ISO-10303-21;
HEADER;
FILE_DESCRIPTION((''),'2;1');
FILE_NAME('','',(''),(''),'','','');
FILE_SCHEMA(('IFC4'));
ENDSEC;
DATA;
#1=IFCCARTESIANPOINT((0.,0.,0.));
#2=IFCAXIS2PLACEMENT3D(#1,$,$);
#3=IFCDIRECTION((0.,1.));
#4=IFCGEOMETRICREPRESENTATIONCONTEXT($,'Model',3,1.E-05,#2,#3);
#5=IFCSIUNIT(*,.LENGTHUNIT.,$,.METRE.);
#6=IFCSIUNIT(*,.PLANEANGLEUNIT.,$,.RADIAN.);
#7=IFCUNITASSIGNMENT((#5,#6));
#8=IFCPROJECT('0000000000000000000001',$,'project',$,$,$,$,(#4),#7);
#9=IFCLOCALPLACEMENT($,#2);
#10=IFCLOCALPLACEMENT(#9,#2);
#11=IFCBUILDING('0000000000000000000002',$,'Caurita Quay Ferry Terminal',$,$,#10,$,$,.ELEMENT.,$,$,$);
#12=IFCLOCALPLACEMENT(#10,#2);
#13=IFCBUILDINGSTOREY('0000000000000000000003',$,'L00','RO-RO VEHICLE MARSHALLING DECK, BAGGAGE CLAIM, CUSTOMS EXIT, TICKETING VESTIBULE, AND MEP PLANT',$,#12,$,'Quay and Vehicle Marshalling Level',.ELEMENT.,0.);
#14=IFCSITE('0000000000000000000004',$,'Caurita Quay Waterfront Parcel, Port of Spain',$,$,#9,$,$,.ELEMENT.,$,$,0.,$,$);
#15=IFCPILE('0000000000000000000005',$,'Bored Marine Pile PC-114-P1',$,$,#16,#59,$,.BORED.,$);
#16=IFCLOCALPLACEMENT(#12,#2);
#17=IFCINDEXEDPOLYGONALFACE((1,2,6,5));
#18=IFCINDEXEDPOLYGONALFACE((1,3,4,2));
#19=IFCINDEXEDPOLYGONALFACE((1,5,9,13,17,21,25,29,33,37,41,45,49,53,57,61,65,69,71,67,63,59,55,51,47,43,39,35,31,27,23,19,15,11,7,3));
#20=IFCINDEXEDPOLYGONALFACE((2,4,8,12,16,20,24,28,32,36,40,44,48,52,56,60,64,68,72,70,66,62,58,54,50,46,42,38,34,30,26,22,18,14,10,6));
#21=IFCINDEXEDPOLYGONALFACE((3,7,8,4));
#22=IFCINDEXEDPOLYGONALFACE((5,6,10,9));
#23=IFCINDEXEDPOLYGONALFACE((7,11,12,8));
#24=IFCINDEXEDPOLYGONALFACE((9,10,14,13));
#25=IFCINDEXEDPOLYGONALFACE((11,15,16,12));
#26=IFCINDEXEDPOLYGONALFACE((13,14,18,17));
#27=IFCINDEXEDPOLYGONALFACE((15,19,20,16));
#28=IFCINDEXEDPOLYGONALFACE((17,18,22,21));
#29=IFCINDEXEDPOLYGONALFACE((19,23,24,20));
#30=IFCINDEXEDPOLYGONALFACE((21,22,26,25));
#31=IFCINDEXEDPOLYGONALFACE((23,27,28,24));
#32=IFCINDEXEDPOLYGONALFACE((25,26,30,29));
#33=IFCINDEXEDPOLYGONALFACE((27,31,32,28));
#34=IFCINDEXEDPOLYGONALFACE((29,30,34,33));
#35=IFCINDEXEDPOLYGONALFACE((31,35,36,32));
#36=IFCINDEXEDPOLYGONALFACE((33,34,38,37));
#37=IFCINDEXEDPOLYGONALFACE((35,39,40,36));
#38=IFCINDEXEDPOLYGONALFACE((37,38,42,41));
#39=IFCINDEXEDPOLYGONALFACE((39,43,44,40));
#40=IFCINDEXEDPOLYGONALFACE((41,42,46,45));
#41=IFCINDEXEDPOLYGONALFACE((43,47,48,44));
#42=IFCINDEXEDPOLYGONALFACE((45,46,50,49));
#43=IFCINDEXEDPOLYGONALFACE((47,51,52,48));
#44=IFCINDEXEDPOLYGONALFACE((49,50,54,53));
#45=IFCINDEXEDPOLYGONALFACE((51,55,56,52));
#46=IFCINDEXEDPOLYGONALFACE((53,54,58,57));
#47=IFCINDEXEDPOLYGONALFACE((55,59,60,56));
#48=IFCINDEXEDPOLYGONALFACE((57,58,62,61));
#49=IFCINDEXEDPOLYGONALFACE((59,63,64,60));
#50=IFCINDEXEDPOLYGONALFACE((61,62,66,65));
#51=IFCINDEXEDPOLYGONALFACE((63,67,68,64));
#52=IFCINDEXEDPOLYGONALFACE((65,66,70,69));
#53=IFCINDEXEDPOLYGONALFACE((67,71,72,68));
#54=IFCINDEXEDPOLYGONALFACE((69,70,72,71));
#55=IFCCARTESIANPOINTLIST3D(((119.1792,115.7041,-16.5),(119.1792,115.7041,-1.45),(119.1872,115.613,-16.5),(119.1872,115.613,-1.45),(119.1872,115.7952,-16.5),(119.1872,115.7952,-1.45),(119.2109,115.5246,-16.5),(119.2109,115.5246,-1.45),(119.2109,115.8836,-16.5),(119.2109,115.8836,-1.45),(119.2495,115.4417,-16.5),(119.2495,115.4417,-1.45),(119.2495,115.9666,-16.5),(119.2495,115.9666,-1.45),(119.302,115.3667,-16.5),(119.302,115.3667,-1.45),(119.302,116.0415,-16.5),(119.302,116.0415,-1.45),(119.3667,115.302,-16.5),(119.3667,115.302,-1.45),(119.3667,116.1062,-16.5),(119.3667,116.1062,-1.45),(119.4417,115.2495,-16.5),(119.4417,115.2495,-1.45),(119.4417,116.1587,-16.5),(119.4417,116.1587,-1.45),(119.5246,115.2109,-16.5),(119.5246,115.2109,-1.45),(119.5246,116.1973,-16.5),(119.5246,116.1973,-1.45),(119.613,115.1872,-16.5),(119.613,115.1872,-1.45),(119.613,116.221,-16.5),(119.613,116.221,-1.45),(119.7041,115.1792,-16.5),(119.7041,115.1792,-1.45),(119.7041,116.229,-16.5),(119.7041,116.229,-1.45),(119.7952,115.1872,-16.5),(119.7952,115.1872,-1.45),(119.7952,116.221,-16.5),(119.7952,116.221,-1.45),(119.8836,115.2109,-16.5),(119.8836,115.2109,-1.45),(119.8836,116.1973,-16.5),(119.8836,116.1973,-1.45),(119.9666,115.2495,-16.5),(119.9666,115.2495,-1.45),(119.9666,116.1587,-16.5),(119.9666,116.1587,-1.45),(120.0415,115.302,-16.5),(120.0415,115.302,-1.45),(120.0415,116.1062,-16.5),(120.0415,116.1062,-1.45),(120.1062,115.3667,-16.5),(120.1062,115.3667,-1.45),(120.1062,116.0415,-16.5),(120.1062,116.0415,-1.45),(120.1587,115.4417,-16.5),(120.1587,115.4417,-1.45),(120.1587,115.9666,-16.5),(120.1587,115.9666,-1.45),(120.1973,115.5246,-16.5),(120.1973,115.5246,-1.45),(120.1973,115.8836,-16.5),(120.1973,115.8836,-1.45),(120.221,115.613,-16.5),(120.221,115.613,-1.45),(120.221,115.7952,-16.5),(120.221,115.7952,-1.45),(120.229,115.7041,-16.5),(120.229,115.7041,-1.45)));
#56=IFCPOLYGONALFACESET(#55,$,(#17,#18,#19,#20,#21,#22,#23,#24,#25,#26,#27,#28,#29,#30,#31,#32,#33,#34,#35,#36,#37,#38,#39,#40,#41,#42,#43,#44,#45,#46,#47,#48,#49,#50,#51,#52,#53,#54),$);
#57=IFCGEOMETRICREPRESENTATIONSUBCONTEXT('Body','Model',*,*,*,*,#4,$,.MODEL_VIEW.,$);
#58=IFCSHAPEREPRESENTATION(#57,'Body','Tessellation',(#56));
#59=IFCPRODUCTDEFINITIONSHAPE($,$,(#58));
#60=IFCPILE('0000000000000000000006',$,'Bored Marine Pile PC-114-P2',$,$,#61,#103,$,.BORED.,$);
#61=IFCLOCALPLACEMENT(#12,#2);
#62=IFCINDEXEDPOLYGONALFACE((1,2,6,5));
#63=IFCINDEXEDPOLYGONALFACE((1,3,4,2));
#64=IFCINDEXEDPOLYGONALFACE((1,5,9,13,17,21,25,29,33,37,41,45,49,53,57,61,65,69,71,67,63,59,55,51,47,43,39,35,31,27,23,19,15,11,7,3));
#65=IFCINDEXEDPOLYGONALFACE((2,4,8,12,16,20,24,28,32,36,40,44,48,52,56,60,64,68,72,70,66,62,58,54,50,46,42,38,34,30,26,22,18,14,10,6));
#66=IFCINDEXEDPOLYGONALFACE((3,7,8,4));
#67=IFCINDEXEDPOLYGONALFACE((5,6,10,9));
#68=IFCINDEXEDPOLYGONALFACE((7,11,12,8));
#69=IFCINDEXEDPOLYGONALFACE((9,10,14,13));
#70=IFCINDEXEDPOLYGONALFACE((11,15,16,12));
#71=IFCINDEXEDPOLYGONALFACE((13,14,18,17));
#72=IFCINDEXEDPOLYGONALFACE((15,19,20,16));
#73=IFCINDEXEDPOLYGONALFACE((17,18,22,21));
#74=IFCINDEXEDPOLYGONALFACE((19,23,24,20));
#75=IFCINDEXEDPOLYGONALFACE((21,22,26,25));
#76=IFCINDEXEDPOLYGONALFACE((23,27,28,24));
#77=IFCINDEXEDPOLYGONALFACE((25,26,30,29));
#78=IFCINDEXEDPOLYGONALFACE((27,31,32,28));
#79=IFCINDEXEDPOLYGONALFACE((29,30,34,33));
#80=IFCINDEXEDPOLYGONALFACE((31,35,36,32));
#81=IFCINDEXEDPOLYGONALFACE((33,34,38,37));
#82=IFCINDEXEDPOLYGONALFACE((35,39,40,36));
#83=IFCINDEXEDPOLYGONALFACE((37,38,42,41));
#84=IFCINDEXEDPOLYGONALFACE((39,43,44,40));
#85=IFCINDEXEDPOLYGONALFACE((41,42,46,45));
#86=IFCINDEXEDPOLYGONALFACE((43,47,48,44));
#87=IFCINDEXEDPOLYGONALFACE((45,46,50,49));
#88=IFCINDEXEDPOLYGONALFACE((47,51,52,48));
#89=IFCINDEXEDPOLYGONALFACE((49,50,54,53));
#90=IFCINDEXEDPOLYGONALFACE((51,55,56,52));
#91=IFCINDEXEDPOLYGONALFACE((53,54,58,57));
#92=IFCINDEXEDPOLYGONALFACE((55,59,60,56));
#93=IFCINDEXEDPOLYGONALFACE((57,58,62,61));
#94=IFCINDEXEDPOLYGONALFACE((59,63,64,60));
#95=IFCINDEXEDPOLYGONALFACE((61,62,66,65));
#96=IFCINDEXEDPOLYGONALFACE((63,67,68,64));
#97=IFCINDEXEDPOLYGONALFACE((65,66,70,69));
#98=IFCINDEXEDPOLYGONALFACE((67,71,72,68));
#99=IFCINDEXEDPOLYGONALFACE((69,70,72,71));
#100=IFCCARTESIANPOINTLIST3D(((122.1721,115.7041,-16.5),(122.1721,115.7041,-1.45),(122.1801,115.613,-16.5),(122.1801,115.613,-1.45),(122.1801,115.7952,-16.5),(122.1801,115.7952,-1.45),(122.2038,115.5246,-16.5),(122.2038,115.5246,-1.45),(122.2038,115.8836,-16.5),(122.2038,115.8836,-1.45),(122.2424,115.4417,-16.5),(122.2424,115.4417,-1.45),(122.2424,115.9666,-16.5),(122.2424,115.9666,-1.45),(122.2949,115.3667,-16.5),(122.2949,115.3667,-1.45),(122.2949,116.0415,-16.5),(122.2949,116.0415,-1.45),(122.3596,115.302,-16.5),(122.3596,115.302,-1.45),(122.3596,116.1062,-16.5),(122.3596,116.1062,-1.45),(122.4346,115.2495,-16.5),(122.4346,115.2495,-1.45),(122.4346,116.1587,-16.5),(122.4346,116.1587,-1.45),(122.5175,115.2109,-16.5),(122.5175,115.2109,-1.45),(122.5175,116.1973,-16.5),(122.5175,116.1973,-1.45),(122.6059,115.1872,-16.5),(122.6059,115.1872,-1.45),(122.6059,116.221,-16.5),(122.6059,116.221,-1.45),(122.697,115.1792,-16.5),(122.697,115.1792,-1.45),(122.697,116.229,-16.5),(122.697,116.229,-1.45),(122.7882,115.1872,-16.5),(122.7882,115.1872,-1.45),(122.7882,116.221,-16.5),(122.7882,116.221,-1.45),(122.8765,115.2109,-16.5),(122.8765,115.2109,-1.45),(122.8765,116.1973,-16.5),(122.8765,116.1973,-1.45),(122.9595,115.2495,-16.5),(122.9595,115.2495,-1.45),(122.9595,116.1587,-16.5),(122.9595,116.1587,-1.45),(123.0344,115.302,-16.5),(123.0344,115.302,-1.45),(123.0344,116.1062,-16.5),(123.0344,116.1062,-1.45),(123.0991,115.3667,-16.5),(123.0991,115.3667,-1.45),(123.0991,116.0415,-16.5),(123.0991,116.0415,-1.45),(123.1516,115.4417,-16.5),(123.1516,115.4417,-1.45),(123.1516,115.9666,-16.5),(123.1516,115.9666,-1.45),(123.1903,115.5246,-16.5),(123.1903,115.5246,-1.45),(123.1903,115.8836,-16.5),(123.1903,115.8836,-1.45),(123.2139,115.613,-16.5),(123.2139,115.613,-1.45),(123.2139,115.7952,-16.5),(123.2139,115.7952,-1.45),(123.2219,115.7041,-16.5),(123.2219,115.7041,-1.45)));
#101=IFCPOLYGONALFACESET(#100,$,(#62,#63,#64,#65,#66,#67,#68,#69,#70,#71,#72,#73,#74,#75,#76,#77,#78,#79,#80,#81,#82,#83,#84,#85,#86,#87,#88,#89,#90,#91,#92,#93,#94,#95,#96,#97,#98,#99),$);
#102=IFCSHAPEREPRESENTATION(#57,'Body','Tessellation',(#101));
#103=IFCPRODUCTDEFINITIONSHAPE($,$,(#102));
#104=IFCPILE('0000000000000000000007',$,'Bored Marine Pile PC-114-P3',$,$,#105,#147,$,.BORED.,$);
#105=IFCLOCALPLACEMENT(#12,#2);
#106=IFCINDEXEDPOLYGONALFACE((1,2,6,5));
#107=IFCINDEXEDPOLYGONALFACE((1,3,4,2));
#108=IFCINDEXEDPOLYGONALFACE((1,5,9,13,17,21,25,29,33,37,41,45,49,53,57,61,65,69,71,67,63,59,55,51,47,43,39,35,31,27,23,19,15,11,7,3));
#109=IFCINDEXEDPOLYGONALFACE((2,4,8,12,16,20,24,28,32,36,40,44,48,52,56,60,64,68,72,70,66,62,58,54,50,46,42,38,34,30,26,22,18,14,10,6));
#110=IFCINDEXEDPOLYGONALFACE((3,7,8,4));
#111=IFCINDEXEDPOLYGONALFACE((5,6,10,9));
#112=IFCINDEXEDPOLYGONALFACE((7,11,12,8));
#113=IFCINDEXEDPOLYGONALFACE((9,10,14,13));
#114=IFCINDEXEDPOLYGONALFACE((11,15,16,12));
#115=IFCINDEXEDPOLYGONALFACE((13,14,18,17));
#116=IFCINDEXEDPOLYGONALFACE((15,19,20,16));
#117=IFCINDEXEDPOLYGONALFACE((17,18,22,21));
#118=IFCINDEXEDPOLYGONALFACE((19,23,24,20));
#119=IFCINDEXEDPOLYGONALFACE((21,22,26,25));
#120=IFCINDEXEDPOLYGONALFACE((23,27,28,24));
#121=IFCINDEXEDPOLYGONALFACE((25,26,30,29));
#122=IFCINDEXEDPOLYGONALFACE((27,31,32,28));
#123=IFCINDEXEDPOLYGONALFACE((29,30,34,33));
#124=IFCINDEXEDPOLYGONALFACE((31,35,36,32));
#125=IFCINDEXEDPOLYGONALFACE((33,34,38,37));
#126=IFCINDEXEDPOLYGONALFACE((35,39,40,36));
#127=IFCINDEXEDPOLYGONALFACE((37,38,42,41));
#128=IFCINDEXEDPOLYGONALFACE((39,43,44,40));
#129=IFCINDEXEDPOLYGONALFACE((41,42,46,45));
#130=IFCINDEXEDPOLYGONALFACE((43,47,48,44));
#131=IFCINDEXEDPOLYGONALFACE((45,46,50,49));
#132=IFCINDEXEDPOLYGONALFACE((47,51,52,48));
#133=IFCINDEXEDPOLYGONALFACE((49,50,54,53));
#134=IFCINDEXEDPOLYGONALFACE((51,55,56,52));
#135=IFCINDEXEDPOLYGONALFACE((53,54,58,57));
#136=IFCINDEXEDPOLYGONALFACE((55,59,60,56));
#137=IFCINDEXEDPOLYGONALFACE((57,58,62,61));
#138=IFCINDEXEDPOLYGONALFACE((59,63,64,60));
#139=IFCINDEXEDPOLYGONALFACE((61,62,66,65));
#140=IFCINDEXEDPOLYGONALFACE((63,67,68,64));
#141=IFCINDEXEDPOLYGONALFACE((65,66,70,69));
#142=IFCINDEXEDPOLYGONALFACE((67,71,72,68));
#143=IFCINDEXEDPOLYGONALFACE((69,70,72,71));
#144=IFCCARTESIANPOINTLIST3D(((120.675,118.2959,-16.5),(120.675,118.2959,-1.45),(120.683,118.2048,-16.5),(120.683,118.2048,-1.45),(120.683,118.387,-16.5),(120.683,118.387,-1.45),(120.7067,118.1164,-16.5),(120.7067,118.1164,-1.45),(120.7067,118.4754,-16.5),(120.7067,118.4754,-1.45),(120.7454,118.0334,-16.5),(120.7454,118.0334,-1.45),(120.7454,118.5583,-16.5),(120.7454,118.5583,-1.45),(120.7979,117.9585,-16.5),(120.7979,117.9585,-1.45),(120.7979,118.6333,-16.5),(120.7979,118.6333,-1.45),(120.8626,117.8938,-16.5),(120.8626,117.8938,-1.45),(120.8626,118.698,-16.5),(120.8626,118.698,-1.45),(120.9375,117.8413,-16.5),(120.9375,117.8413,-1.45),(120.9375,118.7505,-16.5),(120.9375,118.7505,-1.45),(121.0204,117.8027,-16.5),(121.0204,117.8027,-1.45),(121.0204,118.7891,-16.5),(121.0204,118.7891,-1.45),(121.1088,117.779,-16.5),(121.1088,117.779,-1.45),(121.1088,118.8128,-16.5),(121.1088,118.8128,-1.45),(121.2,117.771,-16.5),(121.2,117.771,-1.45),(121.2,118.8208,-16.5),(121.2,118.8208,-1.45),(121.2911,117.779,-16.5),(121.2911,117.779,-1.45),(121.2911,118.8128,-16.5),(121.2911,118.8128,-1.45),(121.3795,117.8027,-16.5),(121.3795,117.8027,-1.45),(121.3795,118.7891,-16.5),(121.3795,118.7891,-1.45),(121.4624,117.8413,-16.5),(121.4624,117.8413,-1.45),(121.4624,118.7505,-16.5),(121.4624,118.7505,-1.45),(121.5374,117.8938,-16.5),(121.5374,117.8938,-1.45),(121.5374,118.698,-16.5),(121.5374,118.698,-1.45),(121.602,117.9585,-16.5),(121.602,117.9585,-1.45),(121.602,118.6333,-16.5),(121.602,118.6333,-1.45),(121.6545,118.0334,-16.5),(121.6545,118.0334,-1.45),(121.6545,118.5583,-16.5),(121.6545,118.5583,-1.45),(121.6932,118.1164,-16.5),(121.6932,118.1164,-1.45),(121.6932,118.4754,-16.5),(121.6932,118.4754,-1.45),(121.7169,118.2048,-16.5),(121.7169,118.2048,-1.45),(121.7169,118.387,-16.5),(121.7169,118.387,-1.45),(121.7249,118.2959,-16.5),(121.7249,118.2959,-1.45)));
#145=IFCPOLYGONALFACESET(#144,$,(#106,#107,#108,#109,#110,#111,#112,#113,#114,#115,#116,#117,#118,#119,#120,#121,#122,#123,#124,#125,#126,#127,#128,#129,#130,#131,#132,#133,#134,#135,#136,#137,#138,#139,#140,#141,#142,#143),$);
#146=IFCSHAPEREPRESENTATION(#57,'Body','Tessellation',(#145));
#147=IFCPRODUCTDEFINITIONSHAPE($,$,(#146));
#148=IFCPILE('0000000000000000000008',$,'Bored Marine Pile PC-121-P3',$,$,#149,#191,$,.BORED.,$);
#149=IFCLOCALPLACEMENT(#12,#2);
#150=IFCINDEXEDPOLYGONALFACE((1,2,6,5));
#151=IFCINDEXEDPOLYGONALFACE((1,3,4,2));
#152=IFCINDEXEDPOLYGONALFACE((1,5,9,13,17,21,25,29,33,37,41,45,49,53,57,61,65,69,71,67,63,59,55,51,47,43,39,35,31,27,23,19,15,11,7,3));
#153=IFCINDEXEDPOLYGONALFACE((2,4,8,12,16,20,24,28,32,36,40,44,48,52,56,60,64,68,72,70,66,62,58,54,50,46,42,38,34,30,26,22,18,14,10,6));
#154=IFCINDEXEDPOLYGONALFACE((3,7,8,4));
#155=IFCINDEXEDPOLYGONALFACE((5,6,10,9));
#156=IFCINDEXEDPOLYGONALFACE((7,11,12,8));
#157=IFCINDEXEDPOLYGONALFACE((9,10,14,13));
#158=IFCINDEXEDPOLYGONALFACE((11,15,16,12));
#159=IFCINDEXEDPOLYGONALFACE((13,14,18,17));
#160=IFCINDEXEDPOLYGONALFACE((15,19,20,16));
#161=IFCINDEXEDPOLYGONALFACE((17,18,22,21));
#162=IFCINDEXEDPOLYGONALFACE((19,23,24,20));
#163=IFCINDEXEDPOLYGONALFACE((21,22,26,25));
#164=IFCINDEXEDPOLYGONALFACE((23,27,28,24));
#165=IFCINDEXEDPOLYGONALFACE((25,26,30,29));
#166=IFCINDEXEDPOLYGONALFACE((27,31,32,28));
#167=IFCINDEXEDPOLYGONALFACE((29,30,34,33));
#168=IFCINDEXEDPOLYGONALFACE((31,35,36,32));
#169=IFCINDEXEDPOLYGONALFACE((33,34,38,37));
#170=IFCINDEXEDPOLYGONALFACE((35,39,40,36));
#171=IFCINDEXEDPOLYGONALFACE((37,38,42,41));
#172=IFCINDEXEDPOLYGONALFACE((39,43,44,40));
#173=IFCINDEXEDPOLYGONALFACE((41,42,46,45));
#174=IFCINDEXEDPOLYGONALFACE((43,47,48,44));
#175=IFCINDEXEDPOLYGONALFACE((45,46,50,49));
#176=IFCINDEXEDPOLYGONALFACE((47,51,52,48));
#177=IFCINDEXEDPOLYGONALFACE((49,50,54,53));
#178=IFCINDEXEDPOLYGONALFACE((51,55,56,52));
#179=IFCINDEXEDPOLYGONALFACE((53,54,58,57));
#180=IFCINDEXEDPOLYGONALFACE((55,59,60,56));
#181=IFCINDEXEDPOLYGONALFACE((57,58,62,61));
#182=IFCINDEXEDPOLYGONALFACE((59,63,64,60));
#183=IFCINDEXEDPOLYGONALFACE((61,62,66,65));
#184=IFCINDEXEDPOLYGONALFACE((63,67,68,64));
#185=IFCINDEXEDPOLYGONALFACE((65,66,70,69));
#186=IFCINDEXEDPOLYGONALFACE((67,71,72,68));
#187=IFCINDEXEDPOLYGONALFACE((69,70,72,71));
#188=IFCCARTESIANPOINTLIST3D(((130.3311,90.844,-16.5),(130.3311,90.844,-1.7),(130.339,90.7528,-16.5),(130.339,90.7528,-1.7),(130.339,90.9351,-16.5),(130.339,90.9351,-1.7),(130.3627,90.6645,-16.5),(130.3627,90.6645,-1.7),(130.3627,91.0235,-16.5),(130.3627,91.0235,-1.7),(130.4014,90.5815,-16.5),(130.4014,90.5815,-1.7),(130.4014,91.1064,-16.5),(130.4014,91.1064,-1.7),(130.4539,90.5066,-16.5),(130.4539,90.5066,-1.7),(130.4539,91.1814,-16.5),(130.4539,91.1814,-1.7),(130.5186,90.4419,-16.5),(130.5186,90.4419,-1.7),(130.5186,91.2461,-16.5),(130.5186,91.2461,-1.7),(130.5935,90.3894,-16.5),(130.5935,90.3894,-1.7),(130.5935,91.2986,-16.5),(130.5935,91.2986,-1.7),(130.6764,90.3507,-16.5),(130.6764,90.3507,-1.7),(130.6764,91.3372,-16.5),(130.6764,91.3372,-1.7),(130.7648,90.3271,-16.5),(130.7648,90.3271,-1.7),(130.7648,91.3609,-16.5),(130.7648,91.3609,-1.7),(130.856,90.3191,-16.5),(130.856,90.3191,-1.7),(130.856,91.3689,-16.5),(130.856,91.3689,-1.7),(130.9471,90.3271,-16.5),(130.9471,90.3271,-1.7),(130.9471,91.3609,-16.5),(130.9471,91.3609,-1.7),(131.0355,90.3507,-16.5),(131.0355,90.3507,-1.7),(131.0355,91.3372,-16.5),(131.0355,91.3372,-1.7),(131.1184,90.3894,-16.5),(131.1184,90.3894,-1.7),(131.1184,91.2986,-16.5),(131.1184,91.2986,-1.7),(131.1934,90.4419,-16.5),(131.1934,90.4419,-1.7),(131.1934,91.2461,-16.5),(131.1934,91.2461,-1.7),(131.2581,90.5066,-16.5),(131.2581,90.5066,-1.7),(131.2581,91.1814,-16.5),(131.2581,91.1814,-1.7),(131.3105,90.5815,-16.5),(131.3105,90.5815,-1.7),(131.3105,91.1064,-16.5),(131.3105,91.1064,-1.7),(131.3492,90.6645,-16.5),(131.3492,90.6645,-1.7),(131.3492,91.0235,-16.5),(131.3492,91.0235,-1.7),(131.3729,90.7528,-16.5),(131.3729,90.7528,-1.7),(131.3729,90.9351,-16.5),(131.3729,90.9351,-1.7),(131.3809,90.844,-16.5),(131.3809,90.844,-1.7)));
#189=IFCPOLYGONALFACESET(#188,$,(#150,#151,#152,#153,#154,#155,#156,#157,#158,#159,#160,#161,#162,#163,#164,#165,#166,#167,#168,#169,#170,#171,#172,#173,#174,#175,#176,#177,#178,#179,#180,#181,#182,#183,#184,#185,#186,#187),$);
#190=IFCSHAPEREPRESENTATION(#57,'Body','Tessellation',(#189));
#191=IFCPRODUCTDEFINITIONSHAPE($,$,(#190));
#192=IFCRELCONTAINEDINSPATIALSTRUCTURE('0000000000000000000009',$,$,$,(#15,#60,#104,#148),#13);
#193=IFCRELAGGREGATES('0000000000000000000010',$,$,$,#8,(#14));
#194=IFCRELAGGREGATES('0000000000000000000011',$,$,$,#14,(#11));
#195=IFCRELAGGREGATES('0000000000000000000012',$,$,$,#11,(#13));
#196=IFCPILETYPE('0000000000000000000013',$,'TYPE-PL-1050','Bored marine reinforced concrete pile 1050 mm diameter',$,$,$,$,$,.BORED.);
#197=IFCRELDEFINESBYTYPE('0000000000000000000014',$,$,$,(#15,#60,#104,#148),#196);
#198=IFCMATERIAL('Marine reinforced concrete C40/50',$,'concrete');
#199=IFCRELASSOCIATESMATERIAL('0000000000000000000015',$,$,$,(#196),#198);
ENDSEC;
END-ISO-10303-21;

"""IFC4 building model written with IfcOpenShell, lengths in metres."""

from ifc_helpers import new_model, si_unit, direction, frame, origin, origin_2d, place, context, subcontext, project, spatial, circle, extrude, material, material_profile, profile_set, type_object, element, save


model = new_model("IFC4")

# Units and contexts
model_context = context("Model", 3, precision=1e-05, world=origin(), true_north=direction((0.0, 1.0)))
body_context = subcontext(model_context, "Body", "Model", "MODEL_VIEW")
ifc_project = project(units=[si_unit("LENGTHUNIT", "METRE"), si_unit("PLANEANGLEUNIT", "RADIAN")], contexts=[model_context])

# Site, building, storey
site_placement = place(None, origin())
site = spatial("IfcSite", under=ifc_project, at=site_placement, Name="Caurita Quay Waterfront Parcel, Port of Spain", CompositionType="ELEMENT", RefElevation=0.0)
building_placement = place(site_placement, origin())
building = spatial("IfcBuilding", under=site, at=building_placement, Name="Caurita Quay Ferry Terminal", CompositionType="ELEMENT")
storey_placement = place(building_placement, origin())
storey = spatial("IfcBuildingStorey", under=building, at=storey_placement, Name="L00", Description="RO-RO VEHICLE MARSHALLING DECK, BAGGAGE CLAIM, CUSTOMS EXIT, TICKETING VESTIBULE, AND MEP PLANT", LongName="Quay and Vehicle Marshalling Level", CompositionType="ELEMENT", Elevation=0.0)

# Piles
ifc_material_1 = material(Name="Marine reinforced concrete C40/50", Category="concrete")
ifc_material_profile_1 = material_profile(ifc_material_1, circle(Radius=0.5249, at=origin_2d()), Name="PILE-D1050")
ifc_profile_set_1 = profile_set([ifc_material_profile_1], Name="Marine reinforced concrete C40/50")
pile_type = type_object("IfcPileType", Name="TYPE-PL-1050", Description="Bored marine reinforced concrete pile 1050 mm diameter", PredefinedType="BORED", material=ifc_profile_set_1)
for number, where, z_axis, x_axis, name in (
    (1, (119.7041, 115.7041, -1.45), (0.0, 0.0, -1.0), (1.0, 0.0, 0.0), "Bored Marine Pile PC-114-P1"),
    (2, (122.697, 115.7041, -1.45), (0.0, 0.0, -1.0), (1.0, 0.0, 0.0), "Bored Marine Pile PC-114-P2"),
    (3, (121.2, 118.2959, -1.45), (0.0, 0.0, -1.0), (1.0, 0.0, 0.0), "Bored Marine Pile PC-114-P3"),
):
    element("IfcPile", number, at=place(storey_placement, frame(where, z_axis=z_axis, x_axis=x_axis)), inside=storey, type_object=pile_type, Name=name, PredefinedType="BORED", context=body_context, shape_type="SweptSolid", body=[
        extrude(circle(Radius=0.5249, at=origin_2d()), origin(), (0.0, 0.0, 1.0), 15.05),
    ])
pile_1_placement = place(storey_placement, frame((130.856, 90.844, -1.7), z_axis=(0.0, 0.0, -1.0), x_axis=(1.0, 0.0, 0.0)))
element("IfcPile", 4, at=pile_1_placement, inside=storey, type_object=pile_type, Name="Bored Marine Pile PC-121-P3", PredefinedType="BORED", context=body_context, shape_type="SweptSolid", body=[
    extrude(circle(Radius=0.5249, at=origin_2d()), origin(), (0.0, 0.0, 1.0), 14.8),
])

save(model, "model.ifc")
